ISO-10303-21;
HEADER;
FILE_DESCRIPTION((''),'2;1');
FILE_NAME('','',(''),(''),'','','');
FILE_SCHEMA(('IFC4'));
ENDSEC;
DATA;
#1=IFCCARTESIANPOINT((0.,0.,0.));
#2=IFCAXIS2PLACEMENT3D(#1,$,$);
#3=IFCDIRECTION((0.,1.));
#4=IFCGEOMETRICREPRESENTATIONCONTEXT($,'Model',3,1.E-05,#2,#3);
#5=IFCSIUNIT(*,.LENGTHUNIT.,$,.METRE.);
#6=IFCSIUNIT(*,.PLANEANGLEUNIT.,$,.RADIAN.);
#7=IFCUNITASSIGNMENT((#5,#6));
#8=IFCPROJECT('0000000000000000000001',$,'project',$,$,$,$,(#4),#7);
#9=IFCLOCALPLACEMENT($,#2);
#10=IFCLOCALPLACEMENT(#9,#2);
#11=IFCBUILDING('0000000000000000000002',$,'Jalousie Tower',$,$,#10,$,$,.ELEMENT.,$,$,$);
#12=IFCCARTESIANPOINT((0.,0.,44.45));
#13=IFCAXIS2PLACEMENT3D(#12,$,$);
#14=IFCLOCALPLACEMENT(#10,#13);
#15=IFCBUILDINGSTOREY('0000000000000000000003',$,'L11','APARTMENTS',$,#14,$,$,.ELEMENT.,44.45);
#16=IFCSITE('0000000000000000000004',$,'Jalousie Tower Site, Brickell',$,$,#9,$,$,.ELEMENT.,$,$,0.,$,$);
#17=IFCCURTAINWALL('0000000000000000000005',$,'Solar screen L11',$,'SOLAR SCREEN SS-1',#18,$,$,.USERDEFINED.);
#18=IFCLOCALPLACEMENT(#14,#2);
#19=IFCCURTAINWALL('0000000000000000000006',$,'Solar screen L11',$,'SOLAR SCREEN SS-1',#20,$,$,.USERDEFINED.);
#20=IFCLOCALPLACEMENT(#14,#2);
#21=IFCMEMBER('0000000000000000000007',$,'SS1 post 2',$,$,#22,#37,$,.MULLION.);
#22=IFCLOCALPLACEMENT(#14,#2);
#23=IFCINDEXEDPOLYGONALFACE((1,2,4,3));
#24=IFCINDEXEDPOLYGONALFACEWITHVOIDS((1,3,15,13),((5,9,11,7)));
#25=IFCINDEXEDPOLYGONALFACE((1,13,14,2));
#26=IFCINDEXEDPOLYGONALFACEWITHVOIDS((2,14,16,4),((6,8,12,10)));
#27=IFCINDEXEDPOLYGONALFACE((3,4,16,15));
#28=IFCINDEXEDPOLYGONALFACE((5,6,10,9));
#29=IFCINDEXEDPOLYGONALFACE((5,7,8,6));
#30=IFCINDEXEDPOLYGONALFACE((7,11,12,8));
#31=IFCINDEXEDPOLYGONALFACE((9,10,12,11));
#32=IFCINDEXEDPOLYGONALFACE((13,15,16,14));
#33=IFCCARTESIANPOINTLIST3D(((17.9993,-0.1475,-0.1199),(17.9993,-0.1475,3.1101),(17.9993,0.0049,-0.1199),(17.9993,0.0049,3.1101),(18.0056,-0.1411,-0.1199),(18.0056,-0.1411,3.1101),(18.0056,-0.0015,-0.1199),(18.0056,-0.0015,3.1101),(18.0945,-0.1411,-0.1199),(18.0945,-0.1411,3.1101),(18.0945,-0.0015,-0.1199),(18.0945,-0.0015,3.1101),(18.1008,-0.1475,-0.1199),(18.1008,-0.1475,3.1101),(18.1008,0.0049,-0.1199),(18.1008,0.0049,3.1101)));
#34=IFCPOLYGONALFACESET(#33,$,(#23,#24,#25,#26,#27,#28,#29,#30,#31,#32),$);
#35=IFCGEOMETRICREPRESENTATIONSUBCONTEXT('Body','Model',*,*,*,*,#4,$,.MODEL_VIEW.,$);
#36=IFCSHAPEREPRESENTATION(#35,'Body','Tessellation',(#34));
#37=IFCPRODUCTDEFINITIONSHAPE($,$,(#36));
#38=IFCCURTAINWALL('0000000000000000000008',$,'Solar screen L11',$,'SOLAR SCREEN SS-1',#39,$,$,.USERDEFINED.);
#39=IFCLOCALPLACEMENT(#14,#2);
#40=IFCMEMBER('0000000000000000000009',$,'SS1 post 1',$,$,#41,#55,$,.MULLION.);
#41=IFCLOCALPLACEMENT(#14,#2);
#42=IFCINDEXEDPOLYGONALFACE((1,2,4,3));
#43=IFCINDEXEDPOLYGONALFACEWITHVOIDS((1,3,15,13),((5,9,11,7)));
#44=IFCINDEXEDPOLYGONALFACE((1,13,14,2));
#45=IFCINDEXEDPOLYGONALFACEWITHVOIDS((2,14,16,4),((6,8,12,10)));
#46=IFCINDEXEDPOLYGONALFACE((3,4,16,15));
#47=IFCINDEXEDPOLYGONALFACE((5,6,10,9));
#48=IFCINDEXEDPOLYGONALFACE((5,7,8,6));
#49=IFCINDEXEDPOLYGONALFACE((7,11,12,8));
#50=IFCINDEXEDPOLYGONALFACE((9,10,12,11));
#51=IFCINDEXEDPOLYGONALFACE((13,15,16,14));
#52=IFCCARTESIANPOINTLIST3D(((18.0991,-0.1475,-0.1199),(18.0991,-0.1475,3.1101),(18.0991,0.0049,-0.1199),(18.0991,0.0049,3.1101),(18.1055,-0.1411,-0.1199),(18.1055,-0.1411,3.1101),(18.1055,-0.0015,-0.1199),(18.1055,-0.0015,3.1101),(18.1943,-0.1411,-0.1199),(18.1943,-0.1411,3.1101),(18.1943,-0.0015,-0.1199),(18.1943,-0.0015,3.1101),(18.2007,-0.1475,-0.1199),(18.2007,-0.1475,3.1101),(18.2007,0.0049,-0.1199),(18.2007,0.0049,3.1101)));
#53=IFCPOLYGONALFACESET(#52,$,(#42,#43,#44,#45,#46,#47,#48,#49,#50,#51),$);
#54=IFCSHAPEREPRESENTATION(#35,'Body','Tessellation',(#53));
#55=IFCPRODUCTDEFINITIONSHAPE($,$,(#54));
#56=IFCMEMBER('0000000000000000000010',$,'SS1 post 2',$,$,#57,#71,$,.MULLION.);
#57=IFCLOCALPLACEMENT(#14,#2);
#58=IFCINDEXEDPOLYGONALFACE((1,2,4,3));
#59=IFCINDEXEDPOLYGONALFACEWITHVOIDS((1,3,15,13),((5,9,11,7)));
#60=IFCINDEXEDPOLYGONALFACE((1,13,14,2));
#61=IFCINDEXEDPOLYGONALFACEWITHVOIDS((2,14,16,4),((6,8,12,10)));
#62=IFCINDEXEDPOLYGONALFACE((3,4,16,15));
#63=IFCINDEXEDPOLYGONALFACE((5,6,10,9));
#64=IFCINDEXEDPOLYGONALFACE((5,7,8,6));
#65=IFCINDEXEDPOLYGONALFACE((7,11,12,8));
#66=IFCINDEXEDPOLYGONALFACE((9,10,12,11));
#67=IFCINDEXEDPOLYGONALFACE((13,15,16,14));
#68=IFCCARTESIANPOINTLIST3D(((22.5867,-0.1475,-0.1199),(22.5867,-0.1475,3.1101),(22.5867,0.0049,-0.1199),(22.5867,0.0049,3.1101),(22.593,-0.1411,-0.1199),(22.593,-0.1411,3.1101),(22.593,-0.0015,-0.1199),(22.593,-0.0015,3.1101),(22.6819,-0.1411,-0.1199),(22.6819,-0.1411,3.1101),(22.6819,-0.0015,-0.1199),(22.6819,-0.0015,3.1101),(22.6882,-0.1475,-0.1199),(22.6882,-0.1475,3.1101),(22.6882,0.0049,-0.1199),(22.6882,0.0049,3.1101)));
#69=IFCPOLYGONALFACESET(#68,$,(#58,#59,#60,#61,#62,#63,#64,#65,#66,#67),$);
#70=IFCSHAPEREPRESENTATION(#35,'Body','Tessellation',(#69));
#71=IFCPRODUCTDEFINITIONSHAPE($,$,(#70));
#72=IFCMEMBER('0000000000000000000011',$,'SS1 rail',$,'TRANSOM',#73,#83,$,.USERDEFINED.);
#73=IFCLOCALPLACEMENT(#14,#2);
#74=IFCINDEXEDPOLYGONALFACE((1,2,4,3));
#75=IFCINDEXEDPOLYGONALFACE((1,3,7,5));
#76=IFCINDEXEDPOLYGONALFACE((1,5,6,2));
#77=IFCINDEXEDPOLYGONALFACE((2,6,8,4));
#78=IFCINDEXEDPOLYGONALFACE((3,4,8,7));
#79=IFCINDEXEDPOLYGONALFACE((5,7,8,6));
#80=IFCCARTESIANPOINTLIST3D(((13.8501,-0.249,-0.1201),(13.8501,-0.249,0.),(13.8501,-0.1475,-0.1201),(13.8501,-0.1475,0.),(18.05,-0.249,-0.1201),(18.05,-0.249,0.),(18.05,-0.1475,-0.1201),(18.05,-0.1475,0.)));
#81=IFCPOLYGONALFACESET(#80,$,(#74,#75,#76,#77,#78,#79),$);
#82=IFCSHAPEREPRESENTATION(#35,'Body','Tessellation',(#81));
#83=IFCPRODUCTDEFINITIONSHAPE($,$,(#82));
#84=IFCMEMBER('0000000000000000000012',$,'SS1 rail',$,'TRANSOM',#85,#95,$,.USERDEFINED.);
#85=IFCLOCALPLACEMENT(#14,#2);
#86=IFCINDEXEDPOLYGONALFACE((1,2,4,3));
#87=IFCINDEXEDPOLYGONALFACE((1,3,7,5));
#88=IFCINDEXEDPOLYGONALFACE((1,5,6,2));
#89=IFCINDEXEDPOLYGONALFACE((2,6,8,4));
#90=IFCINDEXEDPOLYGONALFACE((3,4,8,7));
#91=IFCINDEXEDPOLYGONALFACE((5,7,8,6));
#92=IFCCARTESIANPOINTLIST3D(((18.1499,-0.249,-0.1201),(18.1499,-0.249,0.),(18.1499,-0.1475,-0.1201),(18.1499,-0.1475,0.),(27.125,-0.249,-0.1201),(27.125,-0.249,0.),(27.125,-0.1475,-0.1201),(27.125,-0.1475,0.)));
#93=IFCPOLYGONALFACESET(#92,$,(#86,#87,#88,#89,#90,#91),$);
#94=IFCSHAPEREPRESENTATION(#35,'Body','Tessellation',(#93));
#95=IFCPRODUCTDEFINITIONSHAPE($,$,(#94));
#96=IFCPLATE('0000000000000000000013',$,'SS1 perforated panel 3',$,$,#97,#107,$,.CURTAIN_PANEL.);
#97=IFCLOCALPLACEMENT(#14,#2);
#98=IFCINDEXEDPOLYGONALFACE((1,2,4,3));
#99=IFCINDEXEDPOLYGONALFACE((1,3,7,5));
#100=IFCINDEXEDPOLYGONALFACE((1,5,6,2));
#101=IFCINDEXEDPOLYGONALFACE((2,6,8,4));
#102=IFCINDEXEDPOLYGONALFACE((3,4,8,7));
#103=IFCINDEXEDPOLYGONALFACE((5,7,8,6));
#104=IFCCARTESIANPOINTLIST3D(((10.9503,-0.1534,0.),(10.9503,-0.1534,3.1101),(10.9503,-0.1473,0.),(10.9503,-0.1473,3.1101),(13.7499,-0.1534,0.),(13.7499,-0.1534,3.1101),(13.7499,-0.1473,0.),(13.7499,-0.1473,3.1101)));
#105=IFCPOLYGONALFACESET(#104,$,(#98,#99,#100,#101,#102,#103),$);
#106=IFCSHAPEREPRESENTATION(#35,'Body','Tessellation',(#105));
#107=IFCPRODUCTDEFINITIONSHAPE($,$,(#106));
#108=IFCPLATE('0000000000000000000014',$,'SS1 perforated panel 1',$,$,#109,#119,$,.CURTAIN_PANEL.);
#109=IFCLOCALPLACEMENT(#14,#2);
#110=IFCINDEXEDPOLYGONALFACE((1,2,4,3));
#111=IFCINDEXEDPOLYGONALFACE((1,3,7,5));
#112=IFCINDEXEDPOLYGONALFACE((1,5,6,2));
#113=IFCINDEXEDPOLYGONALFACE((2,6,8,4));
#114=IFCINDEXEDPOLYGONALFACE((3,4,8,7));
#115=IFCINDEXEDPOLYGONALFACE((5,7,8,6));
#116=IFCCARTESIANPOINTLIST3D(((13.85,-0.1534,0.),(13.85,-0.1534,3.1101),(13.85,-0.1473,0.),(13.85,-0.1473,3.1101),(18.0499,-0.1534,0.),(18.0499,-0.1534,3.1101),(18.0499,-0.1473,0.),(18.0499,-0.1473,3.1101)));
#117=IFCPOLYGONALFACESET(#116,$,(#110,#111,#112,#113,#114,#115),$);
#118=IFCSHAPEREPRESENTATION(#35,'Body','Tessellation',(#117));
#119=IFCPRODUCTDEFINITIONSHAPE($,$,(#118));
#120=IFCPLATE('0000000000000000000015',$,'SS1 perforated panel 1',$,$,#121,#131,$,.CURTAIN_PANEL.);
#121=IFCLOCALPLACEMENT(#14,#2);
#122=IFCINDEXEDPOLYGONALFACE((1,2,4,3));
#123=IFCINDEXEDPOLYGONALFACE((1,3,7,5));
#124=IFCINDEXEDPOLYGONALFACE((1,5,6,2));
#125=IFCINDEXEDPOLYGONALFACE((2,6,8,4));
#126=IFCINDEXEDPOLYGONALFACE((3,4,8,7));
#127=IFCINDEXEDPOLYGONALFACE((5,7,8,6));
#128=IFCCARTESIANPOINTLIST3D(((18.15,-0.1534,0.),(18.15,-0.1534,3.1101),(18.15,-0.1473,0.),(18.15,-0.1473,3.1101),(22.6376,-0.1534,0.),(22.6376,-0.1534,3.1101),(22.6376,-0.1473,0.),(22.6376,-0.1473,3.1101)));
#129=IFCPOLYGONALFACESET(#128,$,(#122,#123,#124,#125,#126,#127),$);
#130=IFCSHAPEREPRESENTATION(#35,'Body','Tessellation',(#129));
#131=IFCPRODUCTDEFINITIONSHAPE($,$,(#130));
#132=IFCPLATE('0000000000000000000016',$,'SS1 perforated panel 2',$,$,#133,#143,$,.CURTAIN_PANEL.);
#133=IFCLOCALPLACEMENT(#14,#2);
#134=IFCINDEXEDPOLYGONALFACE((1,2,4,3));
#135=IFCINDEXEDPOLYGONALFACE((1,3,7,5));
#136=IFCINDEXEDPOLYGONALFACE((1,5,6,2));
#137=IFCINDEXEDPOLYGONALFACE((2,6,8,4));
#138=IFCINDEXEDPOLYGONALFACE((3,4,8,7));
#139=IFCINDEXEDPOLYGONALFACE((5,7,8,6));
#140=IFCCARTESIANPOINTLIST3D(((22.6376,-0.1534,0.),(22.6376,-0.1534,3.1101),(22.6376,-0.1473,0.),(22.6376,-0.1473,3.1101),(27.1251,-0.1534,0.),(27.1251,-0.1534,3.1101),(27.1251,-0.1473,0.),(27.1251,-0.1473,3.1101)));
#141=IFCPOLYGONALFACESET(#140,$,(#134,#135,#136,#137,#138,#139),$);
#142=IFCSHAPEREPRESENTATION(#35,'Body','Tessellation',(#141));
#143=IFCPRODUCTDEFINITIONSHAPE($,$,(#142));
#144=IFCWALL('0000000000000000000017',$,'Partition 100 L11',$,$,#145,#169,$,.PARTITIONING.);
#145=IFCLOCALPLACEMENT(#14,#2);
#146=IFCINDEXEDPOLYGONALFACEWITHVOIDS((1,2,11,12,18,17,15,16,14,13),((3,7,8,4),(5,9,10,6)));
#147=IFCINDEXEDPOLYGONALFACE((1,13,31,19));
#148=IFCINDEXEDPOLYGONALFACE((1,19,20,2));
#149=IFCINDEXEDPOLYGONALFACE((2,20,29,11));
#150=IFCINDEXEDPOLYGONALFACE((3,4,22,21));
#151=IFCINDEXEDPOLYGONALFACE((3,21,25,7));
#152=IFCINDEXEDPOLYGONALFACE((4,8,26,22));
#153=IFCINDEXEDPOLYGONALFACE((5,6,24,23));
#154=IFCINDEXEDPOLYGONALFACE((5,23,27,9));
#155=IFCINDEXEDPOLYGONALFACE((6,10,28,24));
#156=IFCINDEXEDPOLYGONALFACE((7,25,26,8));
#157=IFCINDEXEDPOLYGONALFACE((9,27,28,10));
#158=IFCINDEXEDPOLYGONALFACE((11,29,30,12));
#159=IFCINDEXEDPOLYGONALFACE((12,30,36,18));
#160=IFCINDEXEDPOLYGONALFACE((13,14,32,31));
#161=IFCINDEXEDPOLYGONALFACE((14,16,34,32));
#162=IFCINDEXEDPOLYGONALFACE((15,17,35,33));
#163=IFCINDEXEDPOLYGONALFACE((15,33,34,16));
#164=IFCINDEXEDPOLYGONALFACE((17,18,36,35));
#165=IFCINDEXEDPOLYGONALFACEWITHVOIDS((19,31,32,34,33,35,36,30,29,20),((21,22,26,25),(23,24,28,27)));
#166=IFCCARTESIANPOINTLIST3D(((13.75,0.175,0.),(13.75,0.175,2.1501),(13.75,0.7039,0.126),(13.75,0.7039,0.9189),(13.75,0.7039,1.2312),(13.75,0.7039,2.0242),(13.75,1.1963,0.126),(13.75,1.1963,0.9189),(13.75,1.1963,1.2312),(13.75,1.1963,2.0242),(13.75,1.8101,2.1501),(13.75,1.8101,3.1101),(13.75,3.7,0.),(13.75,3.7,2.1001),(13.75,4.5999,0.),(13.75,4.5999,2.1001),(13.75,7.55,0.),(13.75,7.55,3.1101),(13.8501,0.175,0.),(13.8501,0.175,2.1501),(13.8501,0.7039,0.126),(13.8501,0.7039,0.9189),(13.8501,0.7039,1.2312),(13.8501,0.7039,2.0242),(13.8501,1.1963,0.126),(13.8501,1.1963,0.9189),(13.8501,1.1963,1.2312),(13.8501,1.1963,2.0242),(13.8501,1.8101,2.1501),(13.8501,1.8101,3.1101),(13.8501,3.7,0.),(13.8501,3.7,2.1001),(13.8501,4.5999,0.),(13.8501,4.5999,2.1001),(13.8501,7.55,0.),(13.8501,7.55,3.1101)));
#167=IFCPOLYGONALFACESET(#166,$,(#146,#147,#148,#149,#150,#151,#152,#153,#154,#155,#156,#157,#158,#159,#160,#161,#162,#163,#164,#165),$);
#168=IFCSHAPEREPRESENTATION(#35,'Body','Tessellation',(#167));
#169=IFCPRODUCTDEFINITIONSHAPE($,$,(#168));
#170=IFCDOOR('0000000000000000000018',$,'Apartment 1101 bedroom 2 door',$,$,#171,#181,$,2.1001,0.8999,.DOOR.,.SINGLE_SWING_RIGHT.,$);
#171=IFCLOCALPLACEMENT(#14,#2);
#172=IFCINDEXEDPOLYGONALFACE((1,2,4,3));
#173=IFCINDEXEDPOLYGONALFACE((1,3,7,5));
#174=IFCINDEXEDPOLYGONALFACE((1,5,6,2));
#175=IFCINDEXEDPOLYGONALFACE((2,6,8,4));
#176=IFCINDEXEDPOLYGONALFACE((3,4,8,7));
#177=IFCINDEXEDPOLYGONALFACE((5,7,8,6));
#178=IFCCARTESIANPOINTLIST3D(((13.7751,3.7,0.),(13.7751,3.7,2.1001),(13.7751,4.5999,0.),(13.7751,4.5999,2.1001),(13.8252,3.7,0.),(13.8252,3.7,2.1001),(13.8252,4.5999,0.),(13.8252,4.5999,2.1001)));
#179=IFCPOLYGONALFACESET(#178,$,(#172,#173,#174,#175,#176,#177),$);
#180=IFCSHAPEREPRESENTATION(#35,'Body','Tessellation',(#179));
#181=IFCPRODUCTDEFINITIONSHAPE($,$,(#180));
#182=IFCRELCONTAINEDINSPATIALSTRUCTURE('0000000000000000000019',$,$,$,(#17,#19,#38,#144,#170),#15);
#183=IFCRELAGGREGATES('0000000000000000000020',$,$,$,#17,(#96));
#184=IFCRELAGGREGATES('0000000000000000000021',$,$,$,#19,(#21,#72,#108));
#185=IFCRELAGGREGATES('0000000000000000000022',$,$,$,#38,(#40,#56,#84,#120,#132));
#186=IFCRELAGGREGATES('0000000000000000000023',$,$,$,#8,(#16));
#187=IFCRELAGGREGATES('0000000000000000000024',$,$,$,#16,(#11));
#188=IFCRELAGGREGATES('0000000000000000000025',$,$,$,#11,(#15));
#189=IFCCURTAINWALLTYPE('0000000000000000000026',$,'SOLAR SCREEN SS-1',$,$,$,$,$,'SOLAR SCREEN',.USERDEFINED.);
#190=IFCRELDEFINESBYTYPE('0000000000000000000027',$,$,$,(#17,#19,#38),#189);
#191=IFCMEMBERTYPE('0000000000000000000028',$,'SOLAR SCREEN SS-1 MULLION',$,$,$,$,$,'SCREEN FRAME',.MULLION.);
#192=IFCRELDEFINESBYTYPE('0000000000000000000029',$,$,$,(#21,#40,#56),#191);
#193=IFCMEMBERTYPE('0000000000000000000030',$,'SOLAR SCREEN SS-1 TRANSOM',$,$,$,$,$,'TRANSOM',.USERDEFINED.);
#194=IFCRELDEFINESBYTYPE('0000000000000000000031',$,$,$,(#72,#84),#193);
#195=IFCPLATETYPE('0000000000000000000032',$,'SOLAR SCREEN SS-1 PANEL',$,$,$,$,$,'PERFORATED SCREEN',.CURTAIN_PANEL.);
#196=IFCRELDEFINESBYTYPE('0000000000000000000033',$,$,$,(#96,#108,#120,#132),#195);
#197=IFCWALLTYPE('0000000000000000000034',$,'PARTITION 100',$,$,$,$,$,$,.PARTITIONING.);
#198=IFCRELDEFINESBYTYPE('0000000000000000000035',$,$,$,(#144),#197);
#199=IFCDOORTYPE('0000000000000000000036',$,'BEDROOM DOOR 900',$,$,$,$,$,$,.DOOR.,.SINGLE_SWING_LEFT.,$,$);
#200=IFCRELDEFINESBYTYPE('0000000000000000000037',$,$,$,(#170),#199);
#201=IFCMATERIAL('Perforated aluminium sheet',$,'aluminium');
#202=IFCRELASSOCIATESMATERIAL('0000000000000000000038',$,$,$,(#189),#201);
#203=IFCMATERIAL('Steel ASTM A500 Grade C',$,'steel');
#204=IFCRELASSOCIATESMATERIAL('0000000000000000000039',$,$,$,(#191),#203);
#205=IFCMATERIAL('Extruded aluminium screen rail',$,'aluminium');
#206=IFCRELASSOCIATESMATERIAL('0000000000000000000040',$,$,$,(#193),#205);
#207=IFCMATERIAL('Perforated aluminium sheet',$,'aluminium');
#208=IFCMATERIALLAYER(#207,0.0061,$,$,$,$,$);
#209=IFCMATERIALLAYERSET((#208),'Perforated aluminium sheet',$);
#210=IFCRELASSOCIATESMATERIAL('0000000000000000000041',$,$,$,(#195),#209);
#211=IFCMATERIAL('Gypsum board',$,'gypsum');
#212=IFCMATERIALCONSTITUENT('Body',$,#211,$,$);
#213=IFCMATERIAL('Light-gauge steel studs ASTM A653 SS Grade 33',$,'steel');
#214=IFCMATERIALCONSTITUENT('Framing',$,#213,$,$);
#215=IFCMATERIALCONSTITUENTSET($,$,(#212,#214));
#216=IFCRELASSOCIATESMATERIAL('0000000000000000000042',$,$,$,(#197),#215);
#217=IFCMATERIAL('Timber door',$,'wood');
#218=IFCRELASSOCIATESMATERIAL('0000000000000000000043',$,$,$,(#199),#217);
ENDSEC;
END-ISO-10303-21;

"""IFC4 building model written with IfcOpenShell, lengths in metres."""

from ifc_helpers import new_model, si_unit, direction, frame, frame_2d, origin, origin_2d, place, context, subcontext, project, spatial, polyline, rectangle, hollow_rectangle, outline, extrude, material, layer, layer_set, constituent, constituent_set, material_profile, profile_set, type_object, element, fill, aggregate, save


model = new_model("IFC4")

# Units and contexts
model_context = context("Model", 3, precision=1e-05, world=origin(), true_north=direction((0.0, 1.0)))
body_context = subcontext(model_context, "Body", "Model", "MODEL_VIEW")
ifc_project = project(units=[si_unit("LENGTHUNIT", "METRE"), si_unit("PLANEANGLEUNIT", "RADIAN")], contexts=[model_context])

# Site, building, storey
site_placement = place(None, origin())
site = spatial("IfcSite", under=ifc_project, at=site_placement, Name="Jalousie Tower Site, Brickell", CompositionType="ELEMENT", RefElevation=0.0)
building_placement = place(site_placement, origin())
building = spatial("IfcBuilding", under=site, at=building_placement, Name="Jalousie Tower", CompositionType="ELEMENT")
storey_placement = place(building_placement, frame((0.0, 0.0, 44.45)))
storey = spatial("IfcBuildingStorey", under=building, at=storey_placement, Name="L11", Description="APARTMENTS", CompositionType="ELEMENT", Elevation=44.45)

# Curtain walls, members
ifc_material_1 = material(Name="Perforated aluminium sheet", Category="aluminium")
curtain_wall_type = type_object("IfcCurtainWallType", Name="SOLAR SCREEN SS-1", ElementType="SOLAR SCREEN", PredefinedType="USERDEFINED", material=ifc_material_1)
curtain_wall_1_placement = place(storey_placement, origin())
curtain_wall_1 = element("IfcCurtainWall", 1, at=curtain_wall_1_placement, inside=storey, type_object=curtain_wall_type, Name="Solar screen L11", ObjectType="SOLAR SCREEN SS-1", PredefinedType="USERDEFINED")
ifc_material_2 = material(Name="Steel ASTM A500 Grade C", Category="steel")
ifc_material_profile_1 = material_profile(ifc_material_2, hollow_rectangle(XDim=0.1016, YDim=0.1523, WallThickness=0.0063, at=origin_2d()), Name="HSS6X4X1/4")
ifc_profile_set_1 = profile_set([ifc_material_profile_1], Name="Steel ASTM A500 Grade C")
member_type_1 = type_object("IfcMemberType", Name="SOLAR SCREEN SS-1 MULLION", ElementType="SCREEN FRAME", PredefinedType="MULLION", material=ifc_profile_set_1)
curtain_wall_2_placement = place(storey_placement, origin())
curtain_wall_2 = element("IfcCurtainWall", 2, at=curtain_wall_2_placement, inside=storey, type_object=curtain_wall_type, Name="Solar screen L11", ObjectType="SOLAR SCREEN SS-1", PredefinedType="USERDEFINED")
member_1_placement = place(storey_placement, frame((18.05, -0.0713, -0.1199), z_axis=(0.0, 0.0, 1.0), x_axis=(1.0, 0.0, 0.0)))
member_1 = element("IfcMember", 3, at=member_1_placement, type_object=member_type_1, Name="SS1 post 2", PredefinedType="MULLION", context=body_context, shape_type="SweptSolid", body=[
    extrude(hollow_rectangle(XDim=0.1016, YDim=0.1523, WallThickness=0.0063, at=origin_2d()), origin(), (0.0, 0.0, 1.0), 3.23),
])
curtain_wall_3_placement = place(storey_placement, origin())
curtain_wall_3 = element("IfcCurtainWall", 4, at=curtain_wall_3_placement, inside=storey, type_object=curtain_wall_type, Name="Solar screen L11", ObjectType="SOLAR SCREEN SS-1", PredefinedType="USERDEFINED")
member_2_placement = place(storey_placement, frame((18.1499, -0.0713, -0.1199), z_axis=(0.0, 0.0, 1.0), x_axis=(1.0, 0.0, 0.0)))
member_2 = element("IfcMember", 5, at=member_2_placement, type_object=member_type_1, Name="SS1 post 1", PredefinedType="MULLION", context=body_context, shape_type="SweptSolid", body=[
    extrude(hollow_rectangle(XDim=0.1016, YDim=0.1523, WallThickness=0.0063, at=origin_2d()), origin(), (0.0, 0.0, 1.0), 3.23),
])
member_3_placement = place(storey_placement, frame((22.6375, -0.0713, -0.1199), z_axis=(0.0, 0.0, 1.0), x_axis=(1.0, 0.0, 0.0)))
member_3 = element("IfcMember", 6, at=member_3_placement, type_object=member_type_1, Name="SS1 post 2", PredefinedType="MULLION", context=body_context, shape_type="SweptSolid", body=[
    extrude(hollow_rectangle(XDim=0.1016, YDim=0.1523, WallThickness=0.0063, at=origin_2d()), origin(), (0.0, 0.0, 1.0), 3.23),
])

# Members
ifc_material_3 = material(Name="Extruded aluminium screen rail", Category="aluminium")
ifc_material_profile_2 = material_profile(ifc_material_3, rectangle(XDim=0.1016, YDim=0.1201, at=origin_2d()), Name="RAIL 102x120")
ifc_profile_set_2 = profile_set([ifc_material_profile_2], Name="Extruded aluminium screen rail")
member_type_2 = type_object("IfcMemberType", Name="SOLAR SCREEN SS-1 TRANSOM", ElementType="TRANSOM", PredefinedType="USERDEFINED", material=ifc_profile_set_2)
member_4_placement = place(storey_placement, frame((13.8501, -0.1982, -0.0601), z_axis=(1.0, 0.0, 0.0), x_axis=(0.0, 1.0, 0.0)))
member_4 = element("IfcMember", 7, at=member_4_placement, type_object=member_type_2, Name="SS1 rail", ObjectType="TRANSOM", PredefinedType="USERDEFINED", context=body_context, shape_type="SweptSolid", body=[
    extrude(rectangle(XDim=0.1016, YDim=0.1201, at=origin_2d()), origin(), (0.0, 0.0, 1.0), 4.2),
])
member_5_placement = place(storey_placement, frame((18.1499, -0.1982, -0.0601), z_axis=(1.0, 0.0, 0.0), x_axis=(0.0, 1.0, 0.0)))
member_5 = element("IfcMember", 8, at=member_5_placement, type_object=member_type_2, Name="SS1 rail", ObjectType="TRANSOM", PredefinedType="USERDEFINED", context=body_context, shape_type="SweptSolid", body=[
    extrude(rectangle(XDim=0.1016, YDim=0.1201, at=origin_2d()), origin(), (0.0, 0.0, 1.0), 8.9751),
])

# Plates
ifc_material_4 = material(Name="Perforated aluminium sheet", Category="aluminium")
ifc_layer_1 = layer(ifc_material_4, 0.0061)
ifc_layer_set_1 = layer_set([ifc_layer_1], Name="Perforated aluminium sheet")
plate_type = type_object("IfcPlateType", Name="SOLAR SCREEN SS-1 PANEL", ElementType="PERFORATED SCREEN", PredefinedType="CURTAIN_PANEL", material=ifc_layer_set_1)
plate_1_placement = place(storey_placement, frame((12.3501, -0.1504, 0.0), z_axis=(0.0, 0.0, 1.0), x_axis=(1.0, 0.0, 0.0)))
plate_1 = element("IfcPlate", 9, at=plate_1_placement, type_object=plate_type, Name="SS1 perforated panel 3", PredefinedType="CURTAIN_PANEL", context=body_context, shape_type="SweptSolid", body=[
    extrude(rectangle(XDim=2.7996, YDim=0.0061, at=origin_2d()), origin(), (0.0, 0.0, 1.0), 3.1101),
])
aggregate(curtain_wall_1, [plate_1])
plate_2_placement = place(storey_placement, frame((15.95, -0.1504, 0.0), z_axis=(0.0, 0.0, 1.0), x_axis=(1.0, 0.0, 0.0)))
plate_2 = element("IfcPlate", 10, at=plate_2_placement, type_object=plate_type, Name="SS1 perforated panel 1", PredefinedType="CURTAIN_PANEL", context=body_context, shape_type="SweptSolid", body=[
    extrude(rectangle(XDim=4.2, YDim=0.0061, at=origin_2d()), origin(), (0.0, 0.0, 1.0), 3.1101),
])
aggregate(curtain_wall_2, [member_1, member_4, plate_2])
plate_3_placement = place(storey_placement, frame((20.3938, -0.1504, 0.0), z_axis=(0.0, 0.0, 1.0), x_axis=(1.0, 0.0, 0.0)))
plate_3 = element("IfcPlate", 11, at=plate_3_placement, type_object=plate_type, Name="SS1 perforated panel 1", PredefinedType="CURTAIN_PANEL", context=body_context, shape_type="SweptSolid", body=[
    extrude(rectangle(XDim=4.4875, YDim=0.0061, at=origin_2d()), origin(), (0.0, 0.0, 1.0), 3.1101),
])
plate_4_placement = place(storey_placement, frame((24.8813, -0.1504, 0.0), z_axis=(0.0, 0.0, 1.0), x_axis=(1.0, 0.0, 0.0)))
plate_4 = element("IfcPlate", 12, at=plate_4_placement, type_object=plate_type, Name="SS1 perforated panel 2", PredefinedType="CURTAIN_PANEL", context=body_context, shape_type="SweptSolid", body=[
    extrude(rectangle(XDim=4.4875, YDim=0.0061, at=origin_2d()), origin(), (0.0, 0.0, 1.0), 3.1101),
])
aggregate(curtain_wall_3, [member_2, member_3, member_5, plate_3, plate_4])

# Wall, opening, door
ifc_material_5 = material(Name="Gypsum board", Category="gypsum")
ifc_constituent_1 = constituent(ifc_material_5, Name="Body")
ifc_material_6 = material(Name="Light-gauge steel studs ASTM A653 SS Grade 33", Category="steel")
ifc_constituent_2 = constituent(ifc_material_6, Name="Framing")
ifc_constituent_set = constituent_set(constituents=[ifc_constituent_1, ifc_constituent_2])
wall_type_1 = type_object("IfcWallType", Name="PARTITION 100", PredefinedType="PARTITIONING", material=ifc_constituent_set)
wall_1_placement = place(storey_placement, frame((13.8, 0.175, 0.0), z_axis=(0.0, 0.0, 1.0), x_axis=(0.0, 1.0, 0.0)))
wall_1 = element("IfcWall", 13, at=wall_1_placement, inside=storey, type_object=wall_type_1, Name="Partition 100 L11", PredefinedType="PARTITIONING", context=body_context, shape_type="SweptSolid", body=[
    extrude(outline(polyline([(1.635, 2.1501), (0.0, 2.1501), (0.0, 0.0), (7.375, 0.0), (7.375, 3.1101), (1.635, 3.1101), (1.635, 2.1501)]), holes=[polyline([(1.0212, 0.126), (0.5288, 0.126), (0.5288, 0.9189), (1.0212, 0.9189), (1.0212, 0.126)]), polyline([(1.0212, 1.2312), (0.5288, 1.2312), (0.5288, 2.0242), (1.0212, 2.0242), (1.0212, 1.2312)])]), frame((0.0, 0.05, 0.0), z_axis=(0.0, -1.0, 0.0), x_axis=(1.0, 0.0, 0.0)), (0.0, 0.0, 1.0), 0.1001),
])
opening_1_placement = place(wall_1_placement, frame((3.5249, 0.0, 0.0)))
opening_1 = element("IfcOpeningElement", 14, at=opening_1_placement, cuts=wall_1, PredefinedType="OPENING", context=body_context, shape_type="SweptSolid", body=[
    extrude(rectangle(XDim=0.8999, YDim=2.1001, at=frame_2d((0.45, 1.05))), frame((0.0, 0.0601, 0.0), z_axis=(0.0, -1.0, 0.0), x_axis=(1.0, 0.0, 0.0)), (0.0, 0.0, 1.0), 0.1201),
])
ifc_material_7 = material(Name="Timber door", Category="wood")
door_type_1 = type_object("IfcDoorType", Name="BEDROOM DOOR 900", OperationType="SINGLE_SWING_LEFT", PredefinedType="DOOR", material=ifc_material_7)
door_1_placement = place(opening_1_placement, origin())
door_1 = element("IfcDoor", 15, at=door_1_placement, inside=storey, type_object=door_type_1, Name="Apartment 1101 bedroom 2 door", OperationType="SINGLE_SWING_RIGHT", OverallHeight=2.1001, OverallWidth=0.8999, PredefinedType="DOOR", context=body_context, shape_type="SweptSolid", body=[
    extrude(rectangle(XDim=0.8999, YDim=2.1001, at=frame_2d((0.45, 1.05))), frame((0.0, 0.0249, 0.0), z_axis=(0.0, -1.0, 0.0), x_axis=(1.0, 0.0, 0.0)), (0.0, 0.0, 1.0), 0.05),
])
fill(opening_1, door_1)

save(model, "model.ifc")
